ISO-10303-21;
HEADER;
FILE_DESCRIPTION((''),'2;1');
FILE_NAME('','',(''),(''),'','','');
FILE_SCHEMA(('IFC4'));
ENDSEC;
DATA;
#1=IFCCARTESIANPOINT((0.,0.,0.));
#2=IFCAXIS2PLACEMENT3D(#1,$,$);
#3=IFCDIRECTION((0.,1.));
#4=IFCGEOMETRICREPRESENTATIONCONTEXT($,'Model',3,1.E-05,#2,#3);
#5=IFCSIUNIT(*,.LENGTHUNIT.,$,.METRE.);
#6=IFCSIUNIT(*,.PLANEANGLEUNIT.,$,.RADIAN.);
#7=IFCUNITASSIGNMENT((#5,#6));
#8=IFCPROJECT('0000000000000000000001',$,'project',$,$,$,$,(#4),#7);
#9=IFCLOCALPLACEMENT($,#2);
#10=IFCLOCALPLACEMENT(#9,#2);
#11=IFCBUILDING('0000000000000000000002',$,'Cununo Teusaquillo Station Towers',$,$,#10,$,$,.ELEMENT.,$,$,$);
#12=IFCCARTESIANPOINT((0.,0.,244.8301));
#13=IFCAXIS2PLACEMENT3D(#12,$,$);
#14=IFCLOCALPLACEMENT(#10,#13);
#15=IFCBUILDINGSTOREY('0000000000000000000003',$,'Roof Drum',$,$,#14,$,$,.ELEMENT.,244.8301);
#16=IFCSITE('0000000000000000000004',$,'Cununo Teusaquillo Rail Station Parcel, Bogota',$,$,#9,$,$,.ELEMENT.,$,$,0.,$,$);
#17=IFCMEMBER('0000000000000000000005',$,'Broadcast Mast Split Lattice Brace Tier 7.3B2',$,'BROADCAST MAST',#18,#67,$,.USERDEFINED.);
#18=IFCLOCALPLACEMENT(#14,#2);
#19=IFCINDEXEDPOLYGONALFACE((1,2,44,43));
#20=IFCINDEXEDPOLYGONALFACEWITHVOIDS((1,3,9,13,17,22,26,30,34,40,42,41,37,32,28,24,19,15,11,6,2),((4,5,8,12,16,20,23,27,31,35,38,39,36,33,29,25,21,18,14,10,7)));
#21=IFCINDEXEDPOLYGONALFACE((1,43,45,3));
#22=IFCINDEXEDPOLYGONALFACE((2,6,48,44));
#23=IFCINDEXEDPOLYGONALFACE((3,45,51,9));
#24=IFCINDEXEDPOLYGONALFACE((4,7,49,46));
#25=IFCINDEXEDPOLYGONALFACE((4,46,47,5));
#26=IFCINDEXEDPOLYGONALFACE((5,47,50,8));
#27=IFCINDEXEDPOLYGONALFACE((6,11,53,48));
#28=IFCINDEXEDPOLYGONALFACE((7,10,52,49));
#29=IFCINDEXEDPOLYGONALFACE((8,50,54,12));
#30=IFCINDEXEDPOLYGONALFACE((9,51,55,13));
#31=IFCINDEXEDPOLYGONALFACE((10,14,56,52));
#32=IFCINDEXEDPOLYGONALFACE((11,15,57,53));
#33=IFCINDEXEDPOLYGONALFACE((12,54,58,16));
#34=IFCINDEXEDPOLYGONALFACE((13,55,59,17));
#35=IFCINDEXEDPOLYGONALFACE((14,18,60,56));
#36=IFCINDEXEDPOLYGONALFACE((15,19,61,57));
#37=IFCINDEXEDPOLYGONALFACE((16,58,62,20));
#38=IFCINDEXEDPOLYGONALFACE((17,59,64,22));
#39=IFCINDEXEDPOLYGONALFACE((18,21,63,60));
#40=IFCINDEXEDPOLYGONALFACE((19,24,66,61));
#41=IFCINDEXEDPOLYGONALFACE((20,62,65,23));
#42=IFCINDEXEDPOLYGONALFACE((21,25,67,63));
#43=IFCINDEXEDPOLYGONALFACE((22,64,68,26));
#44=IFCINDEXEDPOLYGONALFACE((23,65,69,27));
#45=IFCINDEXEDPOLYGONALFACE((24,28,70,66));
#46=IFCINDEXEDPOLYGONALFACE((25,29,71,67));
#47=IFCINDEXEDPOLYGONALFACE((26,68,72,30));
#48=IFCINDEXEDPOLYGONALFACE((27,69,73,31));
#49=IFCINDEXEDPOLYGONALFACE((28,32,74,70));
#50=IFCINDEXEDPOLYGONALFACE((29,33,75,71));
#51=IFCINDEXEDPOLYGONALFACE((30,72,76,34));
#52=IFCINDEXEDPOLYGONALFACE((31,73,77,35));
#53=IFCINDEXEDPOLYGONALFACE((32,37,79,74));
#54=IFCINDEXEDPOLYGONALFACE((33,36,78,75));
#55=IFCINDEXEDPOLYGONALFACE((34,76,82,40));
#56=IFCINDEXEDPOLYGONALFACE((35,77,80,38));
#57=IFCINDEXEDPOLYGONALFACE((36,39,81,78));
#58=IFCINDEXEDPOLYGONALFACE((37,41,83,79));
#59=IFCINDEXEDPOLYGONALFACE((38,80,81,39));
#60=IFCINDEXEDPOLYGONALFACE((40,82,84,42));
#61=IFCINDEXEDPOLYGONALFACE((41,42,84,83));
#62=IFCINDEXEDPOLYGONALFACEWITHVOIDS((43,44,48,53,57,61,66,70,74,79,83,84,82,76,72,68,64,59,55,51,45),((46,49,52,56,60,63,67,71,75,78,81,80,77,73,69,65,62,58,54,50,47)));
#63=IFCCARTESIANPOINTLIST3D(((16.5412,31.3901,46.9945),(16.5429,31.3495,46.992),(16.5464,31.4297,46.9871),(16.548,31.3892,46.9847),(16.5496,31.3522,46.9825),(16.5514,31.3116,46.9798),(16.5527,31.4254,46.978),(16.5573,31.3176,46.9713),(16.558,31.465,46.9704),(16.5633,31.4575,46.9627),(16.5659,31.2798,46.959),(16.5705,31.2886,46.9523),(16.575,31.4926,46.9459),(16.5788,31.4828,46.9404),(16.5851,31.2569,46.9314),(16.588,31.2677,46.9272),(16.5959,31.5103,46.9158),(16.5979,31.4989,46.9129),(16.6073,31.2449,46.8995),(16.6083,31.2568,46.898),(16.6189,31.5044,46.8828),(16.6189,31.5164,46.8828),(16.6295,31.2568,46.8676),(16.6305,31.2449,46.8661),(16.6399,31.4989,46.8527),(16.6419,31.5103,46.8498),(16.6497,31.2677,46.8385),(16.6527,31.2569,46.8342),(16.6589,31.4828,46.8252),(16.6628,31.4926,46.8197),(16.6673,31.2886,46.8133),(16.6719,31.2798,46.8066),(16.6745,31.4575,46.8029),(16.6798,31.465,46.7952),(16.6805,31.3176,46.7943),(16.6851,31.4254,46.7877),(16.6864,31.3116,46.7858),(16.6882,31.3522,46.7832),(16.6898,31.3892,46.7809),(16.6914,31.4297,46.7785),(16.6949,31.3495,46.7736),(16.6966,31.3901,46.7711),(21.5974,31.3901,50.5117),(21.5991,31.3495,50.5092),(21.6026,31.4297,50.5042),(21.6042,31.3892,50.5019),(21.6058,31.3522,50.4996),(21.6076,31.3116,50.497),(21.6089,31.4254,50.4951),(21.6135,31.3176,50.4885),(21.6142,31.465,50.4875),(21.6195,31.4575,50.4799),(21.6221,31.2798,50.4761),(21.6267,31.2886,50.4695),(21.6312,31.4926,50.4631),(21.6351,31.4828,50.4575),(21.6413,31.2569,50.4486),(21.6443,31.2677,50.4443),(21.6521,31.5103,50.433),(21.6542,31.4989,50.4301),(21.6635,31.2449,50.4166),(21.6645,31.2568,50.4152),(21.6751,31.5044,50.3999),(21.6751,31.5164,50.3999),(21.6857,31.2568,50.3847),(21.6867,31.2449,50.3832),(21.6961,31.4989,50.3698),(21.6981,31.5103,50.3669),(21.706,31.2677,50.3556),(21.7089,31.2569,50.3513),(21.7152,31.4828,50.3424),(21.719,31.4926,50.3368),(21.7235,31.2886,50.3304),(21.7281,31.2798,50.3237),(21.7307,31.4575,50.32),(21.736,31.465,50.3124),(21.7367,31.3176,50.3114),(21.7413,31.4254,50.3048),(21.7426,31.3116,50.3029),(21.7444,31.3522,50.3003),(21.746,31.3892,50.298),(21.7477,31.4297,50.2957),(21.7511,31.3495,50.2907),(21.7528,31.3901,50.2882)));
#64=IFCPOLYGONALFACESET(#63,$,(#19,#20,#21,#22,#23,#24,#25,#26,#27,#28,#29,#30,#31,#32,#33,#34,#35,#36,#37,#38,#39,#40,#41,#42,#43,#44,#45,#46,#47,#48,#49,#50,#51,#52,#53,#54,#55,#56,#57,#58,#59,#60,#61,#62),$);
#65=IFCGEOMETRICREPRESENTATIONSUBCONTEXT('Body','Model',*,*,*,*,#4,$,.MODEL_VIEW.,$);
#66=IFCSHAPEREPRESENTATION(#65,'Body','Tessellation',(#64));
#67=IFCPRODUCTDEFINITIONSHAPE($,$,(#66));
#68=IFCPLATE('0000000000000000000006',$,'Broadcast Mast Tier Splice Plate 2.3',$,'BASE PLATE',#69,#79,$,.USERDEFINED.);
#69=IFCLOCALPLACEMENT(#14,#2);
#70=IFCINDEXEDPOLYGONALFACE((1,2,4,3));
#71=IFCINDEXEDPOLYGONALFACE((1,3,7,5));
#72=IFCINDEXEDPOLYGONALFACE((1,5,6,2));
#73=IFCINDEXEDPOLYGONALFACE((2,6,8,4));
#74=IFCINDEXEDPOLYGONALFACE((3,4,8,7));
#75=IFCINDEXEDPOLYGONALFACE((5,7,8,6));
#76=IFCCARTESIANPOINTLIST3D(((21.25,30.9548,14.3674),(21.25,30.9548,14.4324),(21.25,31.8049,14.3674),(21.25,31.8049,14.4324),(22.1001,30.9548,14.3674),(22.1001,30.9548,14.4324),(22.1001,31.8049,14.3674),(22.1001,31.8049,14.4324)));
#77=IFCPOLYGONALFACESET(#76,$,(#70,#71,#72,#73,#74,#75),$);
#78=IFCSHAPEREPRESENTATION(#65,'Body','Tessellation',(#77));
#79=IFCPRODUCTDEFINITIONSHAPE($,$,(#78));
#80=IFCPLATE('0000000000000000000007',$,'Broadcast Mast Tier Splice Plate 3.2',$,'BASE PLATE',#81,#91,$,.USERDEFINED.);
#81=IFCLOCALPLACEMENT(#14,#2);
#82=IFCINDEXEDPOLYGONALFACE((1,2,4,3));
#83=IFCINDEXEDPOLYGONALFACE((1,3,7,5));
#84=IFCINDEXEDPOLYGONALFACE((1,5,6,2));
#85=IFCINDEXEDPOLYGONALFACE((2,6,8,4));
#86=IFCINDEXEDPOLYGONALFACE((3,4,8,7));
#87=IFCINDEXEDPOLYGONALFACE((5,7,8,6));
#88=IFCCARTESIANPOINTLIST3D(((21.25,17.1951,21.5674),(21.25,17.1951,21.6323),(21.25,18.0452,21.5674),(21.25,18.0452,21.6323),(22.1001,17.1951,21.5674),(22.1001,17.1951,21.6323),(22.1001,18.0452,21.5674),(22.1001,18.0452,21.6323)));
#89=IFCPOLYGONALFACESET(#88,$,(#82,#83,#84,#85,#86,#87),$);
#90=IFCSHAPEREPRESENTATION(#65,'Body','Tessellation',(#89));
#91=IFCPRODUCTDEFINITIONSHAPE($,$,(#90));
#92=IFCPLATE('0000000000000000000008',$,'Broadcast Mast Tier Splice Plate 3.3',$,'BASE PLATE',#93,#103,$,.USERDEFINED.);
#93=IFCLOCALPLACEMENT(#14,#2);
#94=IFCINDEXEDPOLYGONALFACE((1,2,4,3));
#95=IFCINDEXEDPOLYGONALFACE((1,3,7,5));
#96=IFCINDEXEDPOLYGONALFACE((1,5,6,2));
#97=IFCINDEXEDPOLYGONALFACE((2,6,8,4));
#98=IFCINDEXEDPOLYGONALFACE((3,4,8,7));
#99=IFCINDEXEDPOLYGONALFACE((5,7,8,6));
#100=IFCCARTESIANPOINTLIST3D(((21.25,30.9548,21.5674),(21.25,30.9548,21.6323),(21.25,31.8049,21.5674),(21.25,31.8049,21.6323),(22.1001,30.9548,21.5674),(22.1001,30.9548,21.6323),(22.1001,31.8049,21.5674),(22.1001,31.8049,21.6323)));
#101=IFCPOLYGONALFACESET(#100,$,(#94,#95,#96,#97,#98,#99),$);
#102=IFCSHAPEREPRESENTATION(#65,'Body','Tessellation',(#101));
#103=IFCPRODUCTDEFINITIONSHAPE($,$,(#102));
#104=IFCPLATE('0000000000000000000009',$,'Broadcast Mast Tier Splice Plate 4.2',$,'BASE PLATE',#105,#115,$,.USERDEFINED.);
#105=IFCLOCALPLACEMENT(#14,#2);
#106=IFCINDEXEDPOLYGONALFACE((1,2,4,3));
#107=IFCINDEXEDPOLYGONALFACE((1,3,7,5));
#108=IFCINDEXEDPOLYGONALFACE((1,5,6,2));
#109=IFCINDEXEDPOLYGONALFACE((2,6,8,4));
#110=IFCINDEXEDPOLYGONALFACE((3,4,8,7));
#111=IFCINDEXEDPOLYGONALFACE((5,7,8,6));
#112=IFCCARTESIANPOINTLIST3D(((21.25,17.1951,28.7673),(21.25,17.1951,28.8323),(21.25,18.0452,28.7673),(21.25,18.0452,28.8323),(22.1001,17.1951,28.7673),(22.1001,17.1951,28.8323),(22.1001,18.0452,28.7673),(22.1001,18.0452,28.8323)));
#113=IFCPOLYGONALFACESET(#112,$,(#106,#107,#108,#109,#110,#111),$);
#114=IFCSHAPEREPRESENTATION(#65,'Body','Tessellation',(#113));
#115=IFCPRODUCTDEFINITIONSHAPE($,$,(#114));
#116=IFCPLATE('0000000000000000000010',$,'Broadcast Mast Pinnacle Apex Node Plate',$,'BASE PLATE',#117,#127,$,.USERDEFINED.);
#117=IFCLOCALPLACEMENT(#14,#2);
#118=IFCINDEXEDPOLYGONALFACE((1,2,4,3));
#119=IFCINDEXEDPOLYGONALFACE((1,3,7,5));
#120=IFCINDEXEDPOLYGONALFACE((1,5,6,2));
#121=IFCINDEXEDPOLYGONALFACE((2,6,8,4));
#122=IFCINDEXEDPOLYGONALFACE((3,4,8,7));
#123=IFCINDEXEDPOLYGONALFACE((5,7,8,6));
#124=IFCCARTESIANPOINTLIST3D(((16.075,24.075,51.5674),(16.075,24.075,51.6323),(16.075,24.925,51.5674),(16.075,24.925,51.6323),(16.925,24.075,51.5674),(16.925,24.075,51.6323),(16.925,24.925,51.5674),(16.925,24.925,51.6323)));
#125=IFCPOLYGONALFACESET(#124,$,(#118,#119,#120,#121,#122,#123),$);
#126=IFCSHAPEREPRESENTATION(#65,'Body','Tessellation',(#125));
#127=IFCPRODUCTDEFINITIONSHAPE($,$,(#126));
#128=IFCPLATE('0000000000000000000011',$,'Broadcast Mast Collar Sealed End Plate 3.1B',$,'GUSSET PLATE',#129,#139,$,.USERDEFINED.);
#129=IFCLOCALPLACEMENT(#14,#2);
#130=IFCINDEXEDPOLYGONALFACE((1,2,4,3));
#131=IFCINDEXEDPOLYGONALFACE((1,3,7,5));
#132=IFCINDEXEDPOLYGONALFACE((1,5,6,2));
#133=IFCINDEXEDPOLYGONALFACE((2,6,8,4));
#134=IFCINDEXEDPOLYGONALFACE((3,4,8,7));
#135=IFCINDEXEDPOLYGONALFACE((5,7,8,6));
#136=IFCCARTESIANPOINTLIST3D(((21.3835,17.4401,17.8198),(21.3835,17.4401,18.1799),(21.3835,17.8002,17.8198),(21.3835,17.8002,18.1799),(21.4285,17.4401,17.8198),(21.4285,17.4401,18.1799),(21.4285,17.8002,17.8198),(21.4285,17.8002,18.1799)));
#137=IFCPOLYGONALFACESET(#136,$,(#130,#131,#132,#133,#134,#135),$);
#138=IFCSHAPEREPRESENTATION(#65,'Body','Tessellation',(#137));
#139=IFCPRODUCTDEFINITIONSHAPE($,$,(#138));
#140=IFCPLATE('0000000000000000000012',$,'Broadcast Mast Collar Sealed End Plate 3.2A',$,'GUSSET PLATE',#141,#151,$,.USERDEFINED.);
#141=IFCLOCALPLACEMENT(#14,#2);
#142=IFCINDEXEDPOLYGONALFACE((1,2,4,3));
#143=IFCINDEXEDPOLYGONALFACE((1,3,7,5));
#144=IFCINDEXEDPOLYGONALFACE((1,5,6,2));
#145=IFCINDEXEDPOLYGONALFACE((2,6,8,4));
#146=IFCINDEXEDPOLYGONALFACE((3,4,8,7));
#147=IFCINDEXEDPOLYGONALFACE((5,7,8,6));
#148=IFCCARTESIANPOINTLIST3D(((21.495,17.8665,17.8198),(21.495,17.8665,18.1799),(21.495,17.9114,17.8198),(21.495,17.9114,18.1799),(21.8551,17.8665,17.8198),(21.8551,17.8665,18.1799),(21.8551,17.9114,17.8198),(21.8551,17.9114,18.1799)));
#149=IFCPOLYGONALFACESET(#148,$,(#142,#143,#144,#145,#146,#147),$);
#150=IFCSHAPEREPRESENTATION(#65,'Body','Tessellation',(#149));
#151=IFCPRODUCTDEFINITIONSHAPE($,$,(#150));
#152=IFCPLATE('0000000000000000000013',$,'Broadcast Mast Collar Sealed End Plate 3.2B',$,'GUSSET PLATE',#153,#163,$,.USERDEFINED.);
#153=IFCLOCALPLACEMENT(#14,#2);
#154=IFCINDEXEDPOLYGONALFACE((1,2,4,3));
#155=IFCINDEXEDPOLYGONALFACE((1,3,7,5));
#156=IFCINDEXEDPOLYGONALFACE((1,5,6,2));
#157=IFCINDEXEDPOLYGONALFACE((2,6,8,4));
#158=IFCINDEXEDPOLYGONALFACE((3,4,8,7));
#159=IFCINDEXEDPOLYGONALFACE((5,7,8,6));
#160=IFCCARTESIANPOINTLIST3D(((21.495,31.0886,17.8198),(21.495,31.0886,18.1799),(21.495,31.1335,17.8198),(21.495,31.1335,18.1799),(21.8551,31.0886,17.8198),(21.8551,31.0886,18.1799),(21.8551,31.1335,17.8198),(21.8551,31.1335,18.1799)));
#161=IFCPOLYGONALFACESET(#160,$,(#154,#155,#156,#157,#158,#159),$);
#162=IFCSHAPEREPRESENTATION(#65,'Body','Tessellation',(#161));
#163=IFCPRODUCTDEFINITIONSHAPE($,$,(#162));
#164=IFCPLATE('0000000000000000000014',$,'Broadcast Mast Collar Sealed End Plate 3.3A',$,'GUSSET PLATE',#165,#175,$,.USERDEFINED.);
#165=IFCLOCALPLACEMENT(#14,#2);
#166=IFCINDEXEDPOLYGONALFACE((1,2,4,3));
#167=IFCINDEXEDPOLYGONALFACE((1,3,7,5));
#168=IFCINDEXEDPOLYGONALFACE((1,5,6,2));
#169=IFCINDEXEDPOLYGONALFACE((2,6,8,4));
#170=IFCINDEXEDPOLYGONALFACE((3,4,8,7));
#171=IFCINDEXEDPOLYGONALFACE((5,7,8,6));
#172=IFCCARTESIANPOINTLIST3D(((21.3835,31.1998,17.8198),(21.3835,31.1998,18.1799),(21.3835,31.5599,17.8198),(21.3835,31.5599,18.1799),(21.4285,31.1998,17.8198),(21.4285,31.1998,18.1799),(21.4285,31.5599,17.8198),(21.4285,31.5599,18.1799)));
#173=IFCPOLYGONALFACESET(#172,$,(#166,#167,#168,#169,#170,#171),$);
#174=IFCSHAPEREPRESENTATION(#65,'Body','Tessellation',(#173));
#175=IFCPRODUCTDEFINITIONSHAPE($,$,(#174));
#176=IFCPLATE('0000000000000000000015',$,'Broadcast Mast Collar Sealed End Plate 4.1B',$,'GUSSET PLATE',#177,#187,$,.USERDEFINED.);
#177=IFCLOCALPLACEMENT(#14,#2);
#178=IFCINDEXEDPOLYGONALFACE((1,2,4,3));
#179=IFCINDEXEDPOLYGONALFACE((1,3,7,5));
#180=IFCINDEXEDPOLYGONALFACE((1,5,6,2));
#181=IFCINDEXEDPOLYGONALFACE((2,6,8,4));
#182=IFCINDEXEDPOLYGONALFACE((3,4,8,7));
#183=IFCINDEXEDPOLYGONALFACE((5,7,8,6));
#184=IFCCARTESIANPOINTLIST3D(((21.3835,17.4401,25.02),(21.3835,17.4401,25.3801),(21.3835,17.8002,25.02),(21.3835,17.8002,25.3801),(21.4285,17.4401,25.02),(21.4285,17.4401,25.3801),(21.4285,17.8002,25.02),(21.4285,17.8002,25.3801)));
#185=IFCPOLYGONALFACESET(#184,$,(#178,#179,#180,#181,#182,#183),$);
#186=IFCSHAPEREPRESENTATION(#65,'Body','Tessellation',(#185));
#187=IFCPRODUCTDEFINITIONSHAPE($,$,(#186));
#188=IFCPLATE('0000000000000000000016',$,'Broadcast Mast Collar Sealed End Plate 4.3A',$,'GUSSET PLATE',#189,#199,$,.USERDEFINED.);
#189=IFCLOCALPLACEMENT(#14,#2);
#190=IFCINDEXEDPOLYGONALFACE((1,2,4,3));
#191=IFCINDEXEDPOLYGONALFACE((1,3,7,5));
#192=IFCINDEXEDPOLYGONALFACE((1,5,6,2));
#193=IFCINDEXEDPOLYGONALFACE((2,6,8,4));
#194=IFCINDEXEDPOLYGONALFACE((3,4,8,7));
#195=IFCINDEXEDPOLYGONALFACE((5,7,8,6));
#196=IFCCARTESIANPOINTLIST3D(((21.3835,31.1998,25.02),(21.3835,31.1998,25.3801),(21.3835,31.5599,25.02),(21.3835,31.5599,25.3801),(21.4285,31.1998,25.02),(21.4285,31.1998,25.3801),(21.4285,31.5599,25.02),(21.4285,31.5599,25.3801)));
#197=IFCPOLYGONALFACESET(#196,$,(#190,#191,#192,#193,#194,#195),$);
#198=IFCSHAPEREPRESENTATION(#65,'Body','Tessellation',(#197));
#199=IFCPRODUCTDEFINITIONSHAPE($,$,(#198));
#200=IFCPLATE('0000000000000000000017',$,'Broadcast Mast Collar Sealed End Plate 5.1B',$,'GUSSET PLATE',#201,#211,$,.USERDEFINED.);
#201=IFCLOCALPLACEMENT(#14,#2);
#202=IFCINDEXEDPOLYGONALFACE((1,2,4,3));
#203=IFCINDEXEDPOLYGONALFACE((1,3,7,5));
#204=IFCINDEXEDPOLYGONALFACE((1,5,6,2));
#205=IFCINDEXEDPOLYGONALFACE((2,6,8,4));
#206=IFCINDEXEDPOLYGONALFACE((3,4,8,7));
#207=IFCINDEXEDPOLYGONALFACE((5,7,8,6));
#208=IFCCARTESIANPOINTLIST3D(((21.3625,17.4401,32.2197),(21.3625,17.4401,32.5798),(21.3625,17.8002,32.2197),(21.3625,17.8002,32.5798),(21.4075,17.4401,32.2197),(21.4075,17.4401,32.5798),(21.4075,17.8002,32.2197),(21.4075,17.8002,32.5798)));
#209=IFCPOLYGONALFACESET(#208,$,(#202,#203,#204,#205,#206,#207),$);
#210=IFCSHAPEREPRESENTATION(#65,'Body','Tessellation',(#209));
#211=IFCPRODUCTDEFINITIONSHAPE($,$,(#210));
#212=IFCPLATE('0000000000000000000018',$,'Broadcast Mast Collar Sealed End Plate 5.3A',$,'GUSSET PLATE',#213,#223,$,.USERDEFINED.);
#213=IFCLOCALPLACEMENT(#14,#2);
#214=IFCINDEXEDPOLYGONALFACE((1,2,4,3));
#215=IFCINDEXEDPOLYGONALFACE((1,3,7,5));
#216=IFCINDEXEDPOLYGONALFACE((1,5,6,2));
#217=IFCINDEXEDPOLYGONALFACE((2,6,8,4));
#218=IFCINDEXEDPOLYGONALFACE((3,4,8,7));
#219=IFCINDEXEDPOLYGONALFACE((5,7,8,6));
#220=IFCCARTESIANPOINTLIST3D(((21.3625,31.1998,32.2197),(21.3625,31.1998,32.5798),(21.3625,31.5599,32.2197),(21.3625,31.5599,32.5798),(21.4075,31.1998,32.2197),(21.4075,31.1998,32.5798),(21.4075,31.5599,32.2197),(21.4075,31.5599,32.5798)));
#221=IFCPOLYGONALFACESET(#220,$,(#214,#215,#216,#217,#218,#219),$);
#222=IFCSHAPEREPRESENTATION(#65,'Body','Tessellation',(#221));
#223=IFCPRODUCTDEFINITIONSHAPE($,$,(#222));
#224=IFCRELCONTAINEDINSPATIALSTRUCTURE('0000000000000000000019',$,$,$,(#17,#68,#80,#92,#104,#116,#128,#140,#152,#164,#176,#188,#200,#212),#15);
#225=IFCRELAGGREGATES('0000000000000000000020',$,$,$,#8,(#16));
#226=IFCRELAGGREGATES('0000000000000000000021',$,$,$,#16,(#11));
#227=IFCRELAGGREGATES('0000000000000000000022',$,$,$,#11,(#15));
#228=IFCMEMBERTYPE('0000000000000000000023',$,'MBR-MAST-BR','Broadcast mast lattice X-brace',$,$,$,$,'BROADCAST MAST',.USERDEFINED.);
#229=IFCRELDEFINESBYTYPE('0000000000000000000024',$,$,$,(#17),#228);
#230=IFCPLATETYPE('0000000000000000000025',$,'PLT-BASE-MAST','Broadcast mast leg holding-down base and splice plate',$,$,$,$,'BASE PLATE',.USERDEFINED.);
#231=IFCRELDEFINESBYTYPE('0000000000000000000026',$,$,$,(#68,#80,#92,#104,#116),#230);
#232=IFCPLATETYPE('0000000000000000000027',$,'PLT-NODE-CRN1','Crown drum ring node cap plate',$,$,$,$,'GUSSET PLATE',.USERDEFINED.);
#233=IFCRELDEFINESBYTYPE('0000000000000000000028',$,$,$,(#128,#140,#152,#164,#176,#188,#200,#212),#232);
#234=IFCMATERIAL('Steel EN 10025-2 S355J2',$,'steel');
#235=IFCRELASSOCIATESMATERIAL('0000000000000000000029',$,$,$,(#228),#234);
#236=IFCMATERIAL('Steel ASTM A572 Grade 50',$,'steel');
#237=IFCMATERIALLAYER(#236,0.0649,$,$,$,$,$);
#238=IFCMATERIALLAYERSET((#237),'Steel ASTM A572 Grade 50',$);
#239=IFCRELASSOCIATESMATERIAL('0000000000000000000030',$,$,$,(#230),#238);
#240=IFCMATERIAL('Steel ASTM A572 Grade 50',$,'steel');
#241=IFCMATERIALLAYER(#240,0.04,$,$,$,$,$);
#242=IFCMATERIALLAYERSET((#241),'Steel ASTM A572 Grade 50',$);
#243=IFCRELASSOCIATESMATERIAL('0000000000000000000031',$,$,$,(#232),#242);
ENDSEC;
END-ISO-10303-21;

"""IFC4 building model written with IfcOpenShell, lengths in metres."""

from ifc_helpers import new_model, si_unit, direction, frame, origin, origin_2d, place, context, subcontext, project, spatial, rectangle, hollow_circle, extrude, source, transform, mapped, material, layer, layer_set, material_profile, profile_set, type_object, element, save


model = new_model("IFC4")

# Units and contexts
model_context = context("Model", 3, precision=1e-05, world=origin(), true_north=direction((0.0, 1.0)))
body_context = subcontext(model_context, "Body", "Model", "MODEL_VIEW")
ifc_project = project(units=[si_unit("LENGTHUNIT", "METRE"), si_unit("PLANEANGLEUNIT", "RADIAN")], contexts=[model_context])

# Site, building, storey
site_placement = place(None, origin())
site = spatial("IfcSite", under=ifc_project, at=site_placement, Name="Cununo Teusaquillo Rail Station Parcel, Bogota", CompositionType="ELEMENT", RefElevation=0.0)
building_placement = place(site_placement, origin())
building = spatial("IfcBuilding", under=site, at=building_placement, Name="Cununo Teusaquillo Station Towers", CompositionType="ELEMENT")
storey_placement = place(building_placement, frame((0.0, 0.0, 244.8301)))
storey = spatial("IfcBuildingStorey", under=building, at=storey_placement, Name="Roof Drum", CompositionType="ELEMENT", Elevation=244.8301)

# Member
ifc_material_1 = material(Name="Steel EN 10025-2 S355J2", Category="steel")
ifc_material_profile_1 = material_profile(ifc_material_1, hollow_circle(Radius=0.1365, WallThickness=0.012, at=origin_2d()), Name="CHS 273x12")
ifc_profile_set_1 = profile_set([ifc_material_profile_1], Name="Steel EN 10025-2 S355J2")
member_type = type_object("IfcMemberType", Name="MBR-MAST-BR", Description="Broadcast mast lattice X-brace", ElementType="BROADCAST MAST", PredefinedType="USERDEFINED", material=ifc_profile_set_1)
for number, where, z_axis, x_axis, name in (
    (1, (16.6189, 31.3799, 46.8828), (0.820923, 0.0, 0.571039), (0.0, 1.0, 0.0), "Broadcast Mast Split Lattice Brace Tier 7.3B2"),
):
    element("IfcMember", number, at=place(storey_placement, frame(where, z_axis=z_axis, x_axis=x_axis)), inside=storey, type_object=member_type, Name=name, ObjectType="BROADCAST MAST", PredefinedType="USERDEFINED", context=body_context, shape_type="SweptSolid", body=[
        extrude(hollow_circle(Radius=0.1365, WallThickness=0.012, at=origin_2d()), origin(), (0.0, 0.0, 1.0), 6.1592),
    ])

# Plates
ifc_material_2 = material(Name="Steel ASTM A572 Grade 50", Category="steel")
ifc_layer_1 = layer(ifc_material_2, 0.0649)
ifc_layer_set_1 = layer_set([ifc_layer_1], Name="Steel ASTM A572 Grade 50")
plate_type_1 = type_object("IfcPlateType", Name="PLT-BASE-MAST", Description="Broadcast mast leg holding-down base and splice plate", ElementType="BASE PLATE", PredefinedType="USERDEFINED", material=ifc_layer_set_1)
shared_shape_1 = source(origin(), body_context, "Body", "SweptSolid", [
    extrude(rectangle(XDim=0.8501, YDim=0.8501, at=origin_2d()), origin(), (0.0, 0.0, 1.0), 0.0649),
])
for number, where, z_axis, x_axis, name in (
    (2, (21.675, 31.3799, 14.3674), (0.0, 0.0, 1.0), (1.0, 0.0, 0.0), "Broadcast Mast Tier Splice Plate 2.3"),
    (3, (21.675, 17.6201, 21.5674), (0.0, 0.0, 1.0), (1.0, 0.0, 0.0), "Broadcast Mast Tier Splice Plate 3.2"),
    (4, (21.675, 31.3799, 21.5674), (0.0, 0.0, 1.0), (1.0, 0.0, 0.0), "Broadcast Mast Tier Splice Plate 3.3"),
    (5, (21.675, 17.6201, 28.7673), (0.0, 0.0, 1.0), (1.0, 0.0, 0.0), "Broadcast Mast Tier Splice Plate 4.2"),
    (6, (16.5, 24.5, 51.5674), (0.0, 0.0, 1.0), (1.0, 0.0, 0.0), "Broadcast Mast Pinnacle Apex Node Plate"),
):
    element("IfcPlate", number, at=place(storey_placement, frame(where, z_axis=z_axis, x_axis=x_axis)), inside=storey, type_object=plate_type_1, Name=name, ObjectType="BASE PLATE", PredefinedType="USERDEFINED", context=body_context, shape_type="MappedRepresentation", body=[
        mapped(shared_shape_1, transform((0.0, 0.0, 0.0), x_axis=(1.0, 0.0, 0.0), y_axis=(0.0, 1.0, 0.0), z_axis=(0.0, 0.0, 1.0), scale=1.0)),
    ])
ifc_material_3 = material(Name="Steel ASTM A572 Grade 50", Category="steel")
ifc_layer_2 = layer(ifc_material_3, 0.04)
ifc_layer_set_2 = layer_set([ifc_layer_2], Name="Steel ASTM A572 Grade 50")
plate_type_2 = type_object("IfcPlateType", Name="PLT-NODE-CRN1", Description="Crown drum ring node cap plate", ElementType="GUSSET PLATE", PredefinedType="USERDEFINED", material=ifc_layer_set_2)
shared_shape_2 = source(origin(), body_context, "Body", "SweptSolid", [
    extrude(rectangle(XDim=0.0449, YDim=0.3601, at=origin_2d()), origin(), (0.0, 0.0, 1.0), 0.3601),
])
for number, where, z_axis, x_axis, name in (
    (7, (21.406, 17.6201, 17.8198), (0.0, 0.0, 1.0), (1.0, 0.0, 0.0), "Broadcast Mast Collar Sealed End Plate 3.1B"),
    (8, (21.675, 17.8889, 17.8198), (0.0, 0.0, 1.0), (0.0, 1.0, 0.0), "Broadcast Mast Collar Sealed End Plate 3.2A"),
    (9, (21.675, 31.1111, 17.8198), (0.0, 0.0, 1.0), (0.0, 1.0, 0.0), "Broadcast Mast Collar Sealed End Plate 3.2B"),
    (10, (21.406, 31.3799, 17.8198), (0.0, 0.0, 1.0), (-1.0, 0.0, 0.0), "Broadcast Mast Collar Sealed End Plate 3.3A"),
    (11, (21.406, 17.6201, 25.02), (0.0, 0.0, 1.0), (1.0, 0.0, 0.0), "Broadcast Mast Collar Sealed End Plate 4.1B"),
    (12, (21.406, 31.3799, 25.02), (0.0, 0.0, 1.0), (-1.0, 0.0, 0.0), "Broadcast Mast Collar Sealed End Plate 4.3A"),
    (13, (21.385, 17.6201, 32.2197), (0.0, 0.0, 1.0), (1.0, 0.0, 0.0), "Broadcast Mast Collar Sealed End Plate 5.1B"),
    (14, (21.385, 31.3799, 32.2197), (0.0, 0.0, 1.0), (-1.0, 0.0, 0.0), "Broadcast Mast Collar Sealed End Plate 5.3A"),
):
    element("IfcPlate", number, at=place(storey_placement, frame(where, z_axis=z_axis, x_axis=x_axis)), inside=storey, type_object=plate_type_2, Name=name, ObjectType="GUSSET PLATE", PredefinedType="USERDEFINED", context=body_context, shape_type="MappedRepresentation", body=[
        mapped(shared_shape_2, transform((0.0, 0.0, 0.0), x_axis=(1.0, 0.0, 0.0), y_axis=(0.0, 1.0, 0.0), z_axis=(0.0, 0.0, 1.0), scale=1.0)),
    ])

save(model, "model.ifc")
